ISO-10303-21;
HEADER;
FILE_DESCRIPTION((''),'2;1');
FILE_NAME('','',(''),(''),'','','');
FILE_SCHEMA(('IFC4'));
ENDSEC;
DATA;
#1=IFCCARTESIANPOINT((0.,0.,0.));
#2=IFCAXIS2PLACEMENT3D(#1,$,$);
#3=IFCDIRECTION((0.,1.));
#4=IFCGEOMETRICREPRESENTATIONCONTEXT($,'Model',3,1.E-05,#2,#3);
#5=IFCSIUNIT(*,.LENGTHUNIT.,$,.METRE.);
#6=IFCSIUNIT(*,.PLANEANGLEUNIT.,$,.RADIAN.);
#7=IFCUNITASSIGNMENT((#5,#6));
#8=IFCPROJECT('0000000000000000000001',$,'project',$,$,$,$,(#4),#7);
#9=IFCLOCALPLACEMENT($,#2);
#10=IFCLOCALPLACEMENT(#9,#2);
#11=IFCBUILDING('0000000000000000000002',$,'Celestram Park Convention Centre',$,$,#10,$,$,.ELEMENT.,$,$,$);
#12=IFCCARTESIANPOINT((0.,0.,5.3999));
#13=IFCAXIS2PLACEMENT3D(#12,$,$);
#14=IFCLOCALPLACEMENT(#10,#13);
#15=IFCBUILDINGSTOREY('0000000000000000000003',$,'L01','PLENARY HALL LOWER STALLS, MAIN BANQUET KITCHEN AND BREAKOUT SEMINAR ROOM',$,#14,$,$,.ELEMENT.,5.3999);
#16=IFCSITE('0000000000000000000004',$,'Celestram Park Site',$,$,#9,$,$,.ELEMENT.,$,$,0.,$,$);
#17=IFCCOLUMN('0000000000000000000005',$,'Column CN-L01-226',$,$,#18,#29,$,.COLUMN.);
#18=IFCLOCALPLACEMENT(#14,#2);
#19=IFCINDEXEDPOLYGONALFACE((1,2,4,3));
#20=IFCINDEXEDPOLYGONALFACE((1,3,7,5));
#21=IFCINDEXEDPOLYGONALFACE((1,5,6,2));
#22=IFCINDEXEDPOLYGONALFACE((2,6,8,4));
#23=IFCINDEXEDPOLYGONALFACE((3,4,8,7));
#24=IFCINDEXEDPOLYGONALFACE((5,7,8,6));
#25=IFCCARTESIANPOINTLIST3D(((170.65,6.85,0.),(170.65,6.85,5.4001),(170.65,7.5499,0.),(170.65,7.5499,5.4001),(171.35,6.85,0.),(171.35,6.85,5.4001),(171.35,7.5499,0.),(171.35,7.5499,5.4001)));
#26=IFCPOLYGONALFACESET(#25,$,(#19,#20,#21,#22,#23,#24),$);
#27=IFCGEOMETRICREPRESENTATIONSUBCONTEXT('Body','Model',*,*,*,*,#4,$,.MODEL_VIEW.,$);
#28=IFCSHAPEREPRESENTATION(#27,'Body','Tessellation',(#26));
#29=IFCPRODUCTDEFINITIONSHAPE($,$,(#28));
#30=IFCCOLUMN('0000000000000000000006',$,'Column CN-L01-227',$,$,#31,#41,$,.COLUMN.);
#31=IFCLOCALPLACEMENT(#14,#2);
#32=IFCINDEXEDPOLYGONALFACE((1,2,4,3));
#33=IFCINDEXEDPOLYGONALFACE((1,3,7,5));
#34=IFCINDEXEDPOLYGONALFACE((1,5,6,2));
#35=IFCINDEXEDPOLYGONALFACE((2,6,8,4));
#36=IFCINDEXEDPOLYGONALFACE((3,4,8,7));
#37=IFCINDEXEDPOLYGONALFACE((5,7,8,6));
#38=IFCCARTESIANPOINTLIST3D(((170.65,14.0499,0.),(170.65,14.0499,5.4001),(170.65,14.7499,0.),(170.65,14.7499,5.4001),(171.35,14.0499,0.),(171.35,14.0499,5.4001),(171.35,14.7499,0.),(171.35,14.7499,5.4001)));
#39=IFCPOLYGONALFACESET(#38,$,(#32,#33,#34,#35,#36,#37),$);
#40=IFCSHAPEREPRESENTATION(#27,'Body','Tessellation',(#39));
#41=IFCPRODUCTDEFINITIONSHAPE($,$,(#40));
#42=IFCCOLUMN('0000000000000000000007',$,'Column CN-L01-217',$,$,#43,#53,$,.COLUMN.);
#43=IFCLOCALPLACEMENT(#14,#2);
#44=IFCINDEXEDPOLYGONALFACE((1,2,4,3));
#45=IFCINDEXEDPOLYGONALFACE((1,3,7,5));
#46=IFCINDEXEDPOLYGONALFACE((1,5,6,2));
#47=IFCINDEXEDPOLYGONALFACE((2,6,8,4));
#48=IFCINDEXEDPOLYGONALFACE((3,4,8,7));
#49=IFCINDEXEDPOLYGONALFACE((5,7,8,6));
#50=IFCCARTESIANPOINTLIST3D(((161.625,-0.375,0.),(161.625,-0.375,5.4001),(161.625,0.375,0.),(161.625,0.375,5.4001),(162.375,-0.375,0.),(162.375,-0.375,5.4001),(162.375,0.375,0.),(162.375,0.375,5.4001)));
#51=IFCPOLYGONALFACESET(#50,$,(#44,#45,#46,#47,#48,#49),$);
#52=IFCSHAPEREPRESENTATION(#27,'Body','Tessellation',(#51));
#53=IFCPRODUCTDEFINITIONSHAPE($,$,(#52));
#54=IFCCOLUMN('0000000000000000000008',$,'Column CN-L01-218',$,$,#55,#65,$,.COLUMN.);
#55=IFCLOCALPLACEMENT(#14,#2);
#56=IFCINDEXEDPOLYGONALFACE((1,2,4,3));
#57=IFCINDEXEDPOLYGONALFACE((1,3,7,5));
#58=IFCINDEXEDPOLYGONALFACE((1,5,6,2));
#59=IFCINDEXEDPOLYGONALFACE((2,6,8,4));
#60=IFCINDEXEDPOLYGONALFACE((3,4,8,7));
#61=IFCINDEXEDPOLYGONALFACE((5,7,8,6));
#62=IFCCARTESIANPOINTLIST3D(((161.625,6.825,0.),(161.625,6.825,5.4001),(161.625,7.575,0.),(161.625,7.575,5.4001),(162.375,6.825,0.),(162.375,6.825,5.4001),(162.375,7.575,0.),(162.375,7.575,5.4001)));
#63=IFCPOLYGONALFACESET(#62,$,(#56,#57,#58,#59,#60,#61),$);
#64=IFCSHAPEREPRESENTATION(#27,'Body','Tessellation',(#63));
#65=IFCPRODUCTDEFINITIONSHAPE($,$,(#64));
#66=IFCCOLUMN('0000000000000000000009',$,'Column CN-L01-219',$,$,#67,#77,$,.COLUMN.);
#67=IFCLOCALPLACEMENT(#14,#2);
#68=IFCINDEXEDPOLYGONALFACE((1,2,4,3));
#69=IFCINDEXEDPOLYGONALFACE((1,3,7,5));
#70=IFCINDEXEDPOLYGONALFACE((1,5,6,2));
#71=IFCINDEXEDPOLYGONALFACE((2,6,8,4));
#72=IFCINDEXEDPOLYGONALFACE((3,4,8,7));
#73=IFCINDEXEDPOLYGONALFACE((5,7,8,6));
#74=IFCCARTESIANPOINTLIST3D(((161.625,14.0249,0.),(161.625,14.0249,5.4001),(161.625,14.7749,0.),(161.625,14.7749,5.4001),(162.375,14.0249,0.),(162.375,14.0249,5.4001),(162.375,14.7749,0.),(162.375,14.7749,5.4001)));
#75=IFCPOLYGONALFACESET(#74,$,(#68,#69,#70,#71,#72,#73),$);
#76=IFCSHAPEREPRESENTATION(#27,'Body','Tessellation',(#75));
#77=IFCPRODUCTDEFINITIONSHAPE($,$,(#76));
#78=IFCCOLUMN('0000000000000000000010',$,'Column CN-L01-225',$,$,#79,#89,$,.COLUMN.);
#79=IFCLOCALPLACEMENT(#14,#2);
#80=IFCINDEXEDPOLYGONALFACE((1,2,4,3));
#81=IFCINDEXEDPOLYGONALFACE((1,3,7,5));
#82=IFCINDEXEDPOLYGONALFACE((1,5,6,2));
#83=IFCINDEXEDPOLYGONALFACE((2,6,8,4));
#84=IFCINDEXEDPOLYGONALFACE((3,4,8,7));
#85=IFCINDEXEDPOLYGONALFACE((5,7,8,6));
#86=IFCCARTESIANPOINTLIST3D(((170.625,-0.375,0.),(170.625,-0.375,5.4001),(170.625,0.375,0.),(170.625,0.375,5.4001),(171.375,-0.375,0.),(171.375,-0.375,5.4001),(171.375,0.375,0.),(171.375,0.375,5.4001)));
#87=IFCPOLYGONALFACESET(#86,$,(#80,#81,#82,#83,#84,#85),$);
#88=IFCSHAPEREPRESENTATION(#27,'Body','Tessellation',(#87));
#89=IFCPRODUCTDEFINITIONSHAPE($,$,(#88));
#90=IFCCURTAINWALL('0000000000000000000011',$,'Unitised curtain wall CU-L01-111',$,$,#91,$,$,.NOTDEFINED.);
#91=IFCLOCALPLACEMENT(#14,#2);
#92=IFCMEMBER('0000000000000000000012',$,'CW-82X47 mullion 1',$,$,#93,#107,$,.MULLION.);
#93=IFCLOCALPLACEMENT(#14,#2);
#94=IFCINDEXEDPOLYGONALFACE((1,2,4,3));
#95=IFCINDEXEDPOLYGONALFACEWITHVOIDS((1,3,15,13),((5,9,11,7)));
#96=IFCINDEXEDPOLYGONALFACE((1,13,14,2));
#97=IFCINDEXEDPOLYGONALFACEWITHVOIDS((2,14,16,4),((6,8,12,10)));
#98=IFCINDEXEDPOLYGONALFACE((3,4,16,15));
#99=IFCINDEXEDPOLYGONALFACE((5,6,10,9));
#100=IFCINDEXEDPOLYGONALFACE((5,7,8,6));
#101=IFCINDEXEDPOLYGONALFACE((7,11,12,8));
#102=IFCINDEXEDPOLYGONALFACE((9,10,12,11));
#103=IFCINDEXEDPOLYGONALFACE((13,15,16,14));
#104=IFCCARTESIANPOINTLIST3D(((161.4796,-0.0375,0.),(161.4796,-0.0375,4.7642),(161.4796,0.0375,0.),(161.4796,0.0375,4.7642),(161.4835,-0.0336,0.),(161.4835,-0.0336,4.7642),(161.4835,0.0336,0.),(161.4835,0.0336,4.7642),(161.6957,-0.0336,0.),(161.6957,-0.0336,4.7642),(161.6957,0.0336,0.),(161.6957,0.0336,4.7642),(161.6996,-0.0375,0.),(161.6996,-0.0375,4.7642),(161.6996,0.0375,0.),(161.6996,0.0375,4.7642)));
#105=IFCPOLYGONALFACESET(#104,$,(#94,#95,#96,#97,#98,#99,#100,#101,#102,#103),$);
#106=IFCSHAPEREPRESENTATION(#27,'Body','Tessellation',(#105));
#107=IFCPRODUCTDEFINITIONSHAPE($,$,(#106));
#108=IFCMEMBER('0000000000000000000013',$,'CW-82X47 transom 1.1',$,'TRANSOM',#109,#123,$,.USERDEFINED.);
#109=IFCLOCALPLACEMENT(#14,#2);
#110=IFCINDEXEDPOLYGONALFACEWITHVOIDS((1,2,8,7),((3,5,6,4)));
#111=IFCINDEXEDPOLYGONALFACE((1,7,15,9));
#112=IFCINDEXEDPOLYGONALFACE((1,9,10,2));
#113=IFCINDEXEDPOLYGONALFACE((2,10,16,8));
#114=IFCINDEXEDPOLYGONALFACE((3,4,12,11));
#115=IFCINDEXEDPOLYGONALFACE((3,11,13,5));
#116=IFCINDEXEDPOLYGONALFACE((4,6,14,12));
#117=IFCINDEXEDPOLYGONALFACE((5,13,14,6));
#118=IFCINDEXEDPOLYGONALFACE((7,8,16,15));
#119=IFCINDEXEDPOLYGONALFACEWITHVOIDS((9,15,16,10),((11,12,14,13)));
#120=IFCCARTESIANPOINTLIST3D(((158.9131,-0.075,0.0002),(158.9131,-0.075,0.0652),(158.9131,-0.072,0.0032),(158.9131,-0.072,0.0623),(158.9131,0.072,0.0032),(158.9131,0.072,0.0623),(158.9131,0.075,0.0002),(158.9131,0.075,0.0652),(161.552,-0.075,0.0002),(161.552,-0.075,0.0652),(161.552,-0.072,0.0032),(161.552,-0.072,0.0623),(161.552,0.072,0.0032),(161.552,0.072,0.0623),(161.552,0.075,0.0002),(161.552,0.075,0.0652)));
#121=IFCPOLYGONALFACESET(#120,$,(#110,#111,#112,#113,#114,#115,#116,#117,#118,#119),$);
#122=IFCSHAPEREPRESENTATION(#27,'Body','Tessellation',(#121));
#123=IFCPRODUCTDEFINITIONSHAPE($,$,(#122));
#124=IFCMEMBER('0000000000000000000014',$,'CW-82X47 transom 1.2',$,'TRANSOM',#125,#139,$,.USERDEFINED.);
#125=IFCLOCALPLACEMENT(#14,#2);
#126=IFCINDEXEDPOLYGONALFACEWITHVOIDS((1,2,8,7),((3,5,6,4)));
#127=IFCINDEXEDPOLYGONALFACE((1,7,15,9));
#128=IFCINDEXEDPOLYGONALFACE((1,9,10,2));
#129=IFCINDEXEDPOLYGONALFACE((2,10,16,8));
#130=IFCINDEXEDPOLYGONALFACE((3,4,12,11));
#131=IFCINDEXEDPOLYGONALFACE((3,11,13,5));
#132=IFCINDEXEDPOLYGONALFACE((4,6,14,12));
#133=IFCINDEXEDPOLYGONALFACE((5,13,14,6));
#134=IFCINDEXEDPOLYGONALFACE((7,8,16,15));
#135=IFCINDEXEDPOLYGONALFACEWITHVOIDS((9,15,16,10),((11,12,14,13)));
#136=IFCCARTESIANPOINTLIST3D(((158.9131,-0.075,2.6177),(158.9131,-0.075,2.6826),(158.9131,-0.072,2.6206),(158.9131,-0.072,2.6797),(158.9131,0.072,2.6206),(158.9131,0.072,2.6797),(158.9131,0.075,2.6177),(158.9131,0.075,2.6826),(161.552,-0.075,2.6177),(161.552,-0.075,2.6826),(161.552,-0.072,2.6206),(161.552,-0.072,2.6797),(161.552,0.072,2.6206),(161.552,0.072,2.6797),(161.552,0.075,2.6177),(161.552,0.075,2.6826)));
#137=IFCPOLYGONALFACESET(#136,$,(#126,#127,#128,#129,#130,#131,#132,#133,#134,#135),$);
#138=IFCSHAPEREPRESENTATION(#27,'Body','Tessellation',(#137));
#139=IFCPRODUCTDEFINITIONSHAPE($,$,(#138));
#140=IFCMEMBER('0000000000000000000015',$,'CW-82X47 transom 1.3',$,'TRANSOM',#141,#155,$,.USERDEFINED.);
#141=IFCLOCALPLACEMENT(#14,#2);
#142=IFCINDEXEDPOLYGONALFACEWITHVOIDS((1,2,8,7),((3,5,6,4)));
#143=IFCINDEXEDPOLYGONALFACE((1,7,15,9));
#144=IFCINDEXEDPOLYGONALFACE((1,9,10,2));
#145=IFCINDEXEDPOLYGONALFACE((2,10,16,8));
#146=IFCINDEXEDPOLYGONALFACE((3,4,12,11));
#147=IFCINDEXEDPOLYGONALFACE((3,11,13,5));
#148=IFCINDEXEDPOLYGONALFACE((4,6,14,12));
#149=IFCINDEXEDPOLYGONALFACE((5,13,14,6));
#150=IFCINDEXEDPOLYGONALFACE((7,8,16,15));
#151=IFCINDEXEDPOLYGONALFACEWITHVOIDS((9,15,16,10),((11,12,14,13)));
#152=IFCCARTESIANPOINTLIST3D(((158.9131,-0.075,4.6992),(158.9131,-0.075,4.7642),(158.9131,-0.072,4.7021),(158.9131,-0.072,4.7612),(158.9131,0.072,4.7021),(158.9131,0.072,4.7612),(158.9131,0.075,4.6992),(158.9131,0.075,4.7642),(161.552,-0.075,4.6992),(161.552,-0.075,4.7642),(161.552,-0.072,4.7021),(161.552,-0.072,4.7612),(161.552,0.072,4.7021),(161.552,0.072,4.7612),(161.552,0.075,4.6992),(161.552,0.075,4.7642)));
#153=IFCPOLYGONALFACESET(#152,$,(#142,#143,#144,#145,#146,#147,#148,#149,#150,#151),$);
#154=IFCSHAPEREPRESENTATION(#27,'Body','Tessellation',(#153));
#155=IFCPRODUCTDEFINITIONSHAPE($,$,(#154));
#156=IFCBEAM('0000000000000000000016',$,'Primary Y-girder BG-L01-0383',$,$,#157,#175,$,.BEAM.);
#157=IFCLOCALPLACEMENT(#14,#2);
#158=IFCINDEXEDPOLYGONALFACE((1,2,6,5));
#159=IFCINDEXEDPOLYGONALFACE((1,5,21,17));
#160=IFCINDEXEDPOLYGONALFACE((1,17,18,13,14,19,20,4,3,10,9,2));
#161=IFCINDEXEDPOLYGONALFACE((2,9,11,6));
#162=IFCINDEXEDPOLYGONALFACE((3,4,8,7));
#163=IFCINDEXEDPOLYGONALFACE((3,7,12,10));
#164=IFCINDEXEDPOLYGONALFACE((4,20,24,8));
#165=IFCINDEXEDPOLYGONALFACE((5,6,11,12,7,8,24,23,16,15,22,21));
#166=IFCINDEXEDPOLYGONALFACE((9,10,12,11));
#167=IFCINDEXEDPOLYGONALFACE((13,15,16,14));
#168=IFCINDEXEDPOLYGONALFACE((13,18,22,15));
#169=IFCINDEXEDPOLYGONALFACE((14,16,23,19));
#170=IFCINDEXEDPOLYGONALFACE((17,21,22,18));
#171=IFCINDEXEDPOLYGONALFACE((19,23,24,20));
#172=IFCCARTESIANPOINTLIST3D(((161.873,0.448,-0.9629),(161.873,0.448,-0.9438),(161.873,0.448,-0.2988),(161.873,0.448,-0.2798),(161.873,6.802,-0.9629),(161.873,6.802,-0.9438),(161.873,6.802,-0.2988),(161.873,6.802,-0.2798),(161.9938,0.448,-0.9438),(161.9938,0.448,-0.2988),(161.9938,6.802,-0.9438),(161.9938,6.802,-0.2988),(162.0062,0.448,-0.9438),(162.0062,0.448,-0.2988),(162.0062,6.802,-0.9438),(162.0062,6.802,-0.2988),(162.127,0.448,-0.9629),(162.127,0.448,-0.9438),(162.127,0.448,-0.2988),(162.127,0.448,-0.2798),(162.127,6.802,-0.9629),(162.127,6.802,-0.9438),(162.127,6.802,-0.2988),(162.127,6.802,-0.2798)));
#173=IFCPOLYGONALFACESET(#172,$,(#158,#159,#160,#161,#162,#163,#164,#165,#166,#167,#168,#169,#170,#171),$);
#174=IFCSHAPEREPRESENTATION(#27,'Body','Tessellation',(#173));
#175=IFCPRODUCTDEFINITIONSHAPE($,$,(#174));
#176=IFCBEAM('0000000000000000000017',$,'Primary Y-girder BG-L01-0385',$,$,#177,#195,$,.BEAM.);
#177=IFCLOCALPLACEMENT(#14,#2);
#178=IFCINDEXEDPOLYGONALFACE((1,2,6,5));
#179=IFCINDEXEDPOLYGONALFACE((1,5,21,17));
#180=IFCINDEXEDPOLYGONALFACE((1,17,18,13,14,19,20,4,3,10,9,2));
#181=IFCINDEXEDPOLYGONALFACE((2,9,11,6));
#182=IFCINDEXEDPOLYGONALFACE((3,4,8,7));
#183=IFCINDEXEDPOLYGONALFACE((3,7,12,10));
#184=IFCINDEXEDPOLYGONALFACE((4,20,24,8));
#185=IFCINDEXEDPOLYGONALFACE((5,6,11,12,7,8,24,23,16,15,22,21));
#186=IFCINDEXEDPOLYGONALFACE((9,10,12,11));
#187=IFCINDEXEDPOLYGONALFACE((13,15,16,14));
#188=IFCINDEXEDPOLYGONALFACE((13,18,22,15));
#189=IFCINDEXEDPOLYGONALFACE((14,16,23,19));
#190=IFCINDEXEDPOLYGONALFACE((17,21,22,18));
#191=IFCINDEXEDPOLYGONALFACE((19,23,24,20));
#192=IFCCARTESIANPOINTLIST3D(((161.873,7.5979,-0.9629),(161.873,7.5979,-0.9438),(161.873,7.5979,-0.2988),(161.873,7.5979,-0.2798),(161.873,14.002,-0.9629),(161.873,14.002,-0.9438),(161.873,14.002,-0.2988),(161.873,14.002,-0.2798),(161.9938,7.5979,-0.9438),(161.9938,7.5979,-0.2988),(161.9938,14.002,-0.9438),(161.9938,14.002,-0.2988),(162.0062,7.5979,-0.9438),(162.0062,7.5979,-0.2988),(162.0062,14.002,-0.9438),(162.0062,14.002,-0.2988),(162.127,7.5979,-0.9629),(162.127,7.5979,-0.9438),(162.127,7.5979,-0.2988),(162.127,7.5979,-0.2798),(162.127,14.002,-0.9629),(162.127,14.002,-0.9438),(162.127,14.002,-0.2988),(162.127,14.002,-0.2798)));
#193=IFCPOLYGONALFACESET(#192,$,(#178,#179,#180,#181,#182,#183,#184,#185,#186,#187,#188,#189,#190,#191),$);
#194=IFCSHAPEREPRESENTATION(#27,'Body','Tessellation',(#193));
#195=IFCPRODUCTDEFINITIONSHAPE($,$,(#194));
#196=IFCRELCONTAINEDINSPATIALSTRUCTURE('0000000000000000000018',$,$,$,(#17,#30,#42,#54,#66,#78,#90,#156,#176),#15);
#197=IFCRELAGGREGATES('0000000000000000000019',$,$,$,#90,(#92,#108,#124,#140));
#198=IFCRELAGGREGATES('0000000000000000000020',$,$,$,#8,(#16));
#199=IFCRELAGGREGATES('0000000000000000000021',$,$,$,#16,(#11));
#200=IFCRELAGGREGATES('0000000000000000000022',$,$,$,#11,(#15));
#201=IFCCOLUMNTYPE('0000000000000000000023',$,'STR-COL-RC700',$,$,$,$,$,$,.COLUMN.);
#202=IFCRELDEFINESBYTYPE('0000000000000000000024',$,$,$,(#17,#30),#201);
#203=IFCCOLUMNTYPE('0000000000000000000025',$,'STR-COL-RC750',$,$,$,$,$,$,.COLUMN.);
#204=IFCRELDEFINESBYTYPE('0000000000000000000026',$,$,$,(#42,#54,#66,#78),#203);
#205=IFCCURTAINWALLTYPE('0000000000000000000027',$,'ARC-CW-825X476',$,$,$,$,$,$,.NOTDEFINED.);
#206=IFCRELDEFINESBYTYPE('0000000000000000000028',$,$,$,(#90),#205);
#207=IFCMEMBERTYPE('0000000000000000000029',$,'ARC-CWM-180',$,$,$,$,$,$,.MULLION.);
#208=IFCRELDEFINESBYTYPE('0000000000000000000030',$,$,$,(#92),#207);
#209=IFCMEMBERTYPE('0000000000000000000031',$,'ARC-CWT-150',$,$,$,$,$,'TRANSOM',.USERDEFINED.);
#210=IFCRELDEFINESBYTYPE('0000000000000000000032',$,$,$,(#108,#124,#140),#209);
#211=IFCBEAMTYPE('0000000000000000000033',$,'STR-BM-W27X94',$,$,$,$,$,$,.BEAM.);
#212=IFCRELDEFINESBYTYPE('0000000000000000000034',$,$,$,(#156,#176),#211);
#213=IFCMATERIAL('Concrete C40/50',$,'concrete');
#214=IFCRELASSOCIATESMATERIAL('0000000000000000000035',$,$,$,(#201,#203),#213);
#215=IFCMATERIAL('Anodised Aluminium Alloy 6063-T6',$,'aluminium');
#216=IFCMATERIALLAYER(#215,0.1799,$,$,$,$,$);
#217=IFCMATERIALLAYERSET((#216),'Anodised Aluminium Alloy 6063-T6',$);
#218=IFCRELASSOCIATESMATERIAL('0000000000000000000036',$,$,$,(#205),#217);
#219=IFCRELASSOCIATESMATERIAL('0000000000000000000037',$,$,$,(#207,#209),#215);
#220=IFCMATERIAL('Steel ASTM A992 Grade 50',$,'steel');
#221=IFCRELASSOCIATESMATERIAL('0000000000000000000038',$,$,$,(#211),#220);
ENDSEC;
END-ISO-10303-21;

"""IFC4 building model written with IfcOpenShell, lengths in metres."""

from ifc_helpers import new_model, si_unit, direction, frame, origin, origin_2d, place, context, subcontext, project, spatial, rectangle, hollow_rectangle, i_section, extrude, material, layer, layer_set, material_profile, profile_set, type_object, element, aggregate, save


model = new_model("IFC4")

# Units and contexts
model_context = context("Model", 3, precision=1e-05, world=origin(), true_north=direction((0.0, 1.0)))
body_context = subcontext(model_context, "Body", "Model", "MODEL_VIEW")
ifc_project = project(units=[si_unit("LENGTHUNIT", "METRE"), si_unit("PLANEANGLEUNIT", "RADIAN")], contexts=[model_context])

# Site, building, storey
site_placement = place(None, origin())
site = spatial("IfcSite", under=ifc_project, at=site_placement, Name="Celestram Park Site", CompositionType="ELEMENT", RefElevation=0.0)
building_placement = place(site_placement, origin())
building = spatial("IfcBuilding", under=site, at=building_placement, Name="Celestram Park Convention Centre", CompositionType="ELEMENT")
storey_placement = place(building_placement, frame((0.0, 0.0, 5.3999)))
storey = spatial("IfcBuildingStorey", under=building, at=storey_placement, Name="L01", Description="PLENARY HALL LOWER STALLS, MAIN BANQUET KITCHEN AND BREAKOUT SEMINAR ROOM", CompositionType="ELEMENT", Elevation=5.3999)

# Columns
ifc_material_1 = material(Name="Concrete C40/50", Category="concrete")
ifc_material_profile_1 = material_profile(ifc_material_1, rectangle(XDim=0.7, YDim=0.7, at=origin_2d()), Name="RC700X700")
ifc_profile_set_1 = profile_set([ifc_material_profile_1], Name="Concrete C40/50")
column_type_1 = type_object("IfcColumnType", Name="STR-COL-RC700", PredefinedType="COLUMN", material=ifc_profile_set_1)
for number, where, z_axis, x_axis, name in (
    (1, (171.0, 7.2, 0.0), (0.0, 0.0, 1.0), (1.0, 0.0, 0.0), "Column CN-L01-226"),
    (2, (171.0, 14.3999, 0.0), (0.0, 0.0, 1.0), (1.0, 0.0, 0.0), "Column CN-L01-227"),
):
    element("IfcColumn", number, at=place(storey_placement, frame(where, z_axis=z_axis, x_axis=x_axis)), inside=storey, type_object=column_type_1, Name=name, PredefinedType="COLUMN", context=body_context, shape_type="SweptSolid", body=[
        extrude(rectangle(XDim=0.7, YDim=0.7, at=origin_2d()), origin(), (0.0, 0.0, 1.0), 5.4001),
    ])
ifc_material_profile_2 = material_profile(ifc_material_1, rectangle(XDim=0.75, YDim=0.75, at=origin_2d()), Name="RC750X750")
ifc_profile_set_2 = profile_set([ifc_material_profile_2], Name="Concrete C40/50")
column_type_2 = type_object("IfcColumnType", Name="STR-COL-RC750", PredefinedType="COLUMN", material=ifc_profile_set_2)
for number, where, z_axis, x_axis, name in (
    (3, (162.0, 0.0, 0.0), (0.0, 0.0, 1.0), (1.0, 0.0, 0.0), "Column CN-L01-217"),
    (4, (162.0, 7.2, 0.0), (0.0, 0.0, 1.0), (1.0, 0.0, 0.0), "Column CN-L01-218"),
    (5, (162.0, 14.3999, 0.0), (0.0, 0.0, 1.0), (1.0, 0.0, 0.0), "Column CN-L01-219"),
    (6, (171.0, 0.0, 0.0), (0.0, 0.0, 1.0), (1.0, 0.0, 0.0), "Column CN-L01-225"),
):
    element("IfcColumn", number, at=place(storey_placement, frame(where, z_axis=z_axis, x_axis=x_axis)), inside=storey, type_object=column_type_2, Name=name, PredefinedType="COLUMN", context=body_context, shape_type="SweptSolid", body=[
        extrude(rectangle(XDim=0.75, YDim=0.75, at=origin_2d()), origin(), (0.0, 0.0, 1.0), 5.4001),
    ])

# Curtain wall, members
ifc_material_2 = material(Name="Anodised Aluminium Alloy 6063-T6", Category="aluminium")
ifc_layer_1 = layer(ifc_material_2, 0.1799)
ifc_layer_set_1 = layer_set([ifc_layer_1], Name="Anodised Aluminium Alloy 6063-T6")
curtain_wall_type = type_object("IfcCurtainWallType", Name="ARC-CW-825X476", PredefinedType="NOTDEFINED", material=ifc_layer_set_1)
curtain_wall_placement = place(storey_placement, origin())
curtain_wall = element("IfcCurtainWall", 7, at=curtain_wall_placement, inside=storey, type_object=curtain_wall_type, Name="Unitised curtain wall CU-L01-111", PredefinedType="NOTDEFINED")
ifc_material_profile_3 = material_profile(ifc_material_2, hollow_rectangle(XDim=0.075, YDim=0.22, WallThickness=0.0039, at=origin_2d()), Name="ALU75X220X4")
ifc_profile_set_3 = profile_set([ifc_material_profile_3], Name="Anodised Aluminium Alloy 6063-T6")
member_type_1 = type_object("IfcMemberType", Name="ARC-CWM-180", PredefinedType="MULLION", material=ifc_profile_set_3)
member_1_placement = place(storey_placement, frame((161.5896, 0.0, 0.0), z_axis=(0.0, 0.0, 1.0), x_axis=(0.0, -1.0, 0.0)))
member_1 = element("IfcMember", 8, at=member_1_placement, type_object=member_type_1, Name="CW-82X47 mullion 1", PredefinedType="MULLION", context=body_context, shape_type="SweptSolid", body=[
    extrude(hollow_rectangle(XDim=0.075, YDim=0.22, WallThickness=0.0039, at=origin_2d()), origin(), (0.0, 0.0, 1.0), 4.7642),
])
ifc_material_profile_4 = material_profile(ifc_material_2, hollow_rectangle(XDim=0.1499, YDim=0.0649, WallThickness=0.0029, at=origin_2d()), Name="ALU150X65X3")
ifc_profile_set_4 = profile_set([ifc_material_profile_4], Name="Anodised Aluminium Alloy 6063-T6")
member_type_2 = type_object("IfcMemberType", Name="ARC-CWT-150", ElementType="TRANSOM", PredefinedType="USERDEFINED", material=ifc_profile_set_4)
member_2_placement = place(storey_placement, frame((161.552, 0.0, 0.0327), z_axis=(-1.0, 0.0, 0.0), x_axis=(0.0, -1.0, 0.0)))
member_2 = element("IfcMember", 9, at=member_2_placement, type_object=member_type_2, Name="CW-82X47 transom 1.1", ObjectType="TRANSOM", PredefinedType="USERDEFINED", context=body_context, shape_type="SweptSolid", body=[
    extrude(hollow_rectangle(XDim=0.1499, YDim=0.0649, WallThickness=0.0029, at=origin_2d()), origin(), (0.0, 0.0, 1.0), 2.6389),
])
member_3_placement = place(storey_placement, frame((161.552, 0.0, 2.6501), z_axis=(-1.0, 0.0, 0.0), x_axis=(0.0, -1.0, 0.0)))
member_3 = element("IfcMember", 10, at=member_3_placement, type_object=member_type_2, Name="CW-82X47 transom 1.2", ObjectType="TRANSOM", PredefinedType="USERDEFINED", context=body_context, shape_type="SweptSolid", body=[
    extrude(hollow_rectangle(XDim=0.1499, YDim=0.0649, WallThickness=0.0029, at=origin_2d()), origin(), (0.0, 0.0, 1.0), 2.6389),
])
member_4_placement = place(storey_placement, frame((161.552, 0.0, 4.7317), z_axis=(-1.0, 0.0, 0.0), x_axis=(0.0, -1.0, 0.0)))
member_4 = element("IfcMember", 11, at=member_4_placement, type_object=member_type_2, Name="CW-82X47 transom 1.3", ObjectType="TRANSOM", PredefinedType="USERDEFINED", context=body_context, shape_type="SweptSolid", body=[
    extrude(hollow_rectangle(XDim=0.1499, YDim=0.0649, WallThickness=0.0029, at=origin_2d()), origin(), (0.0, 0.0, 1.0), 2.6389),
])

# Beams
ifc_material_3 = material(Name="Steel ASTM A992 Grade 50", Category="steel")
ifc_material_profile_5 = material_profile(ifc_material_3, i_section(OverallWidth=0.2539, OverallDepth=0.6831, WebThickness=0.0125, FlangeThickness=0.019, at=origin_2d()), Name="W27X94")
ifc_profile_set_5 = profile_set([ifc_material_profile_5], Name="Steel ASTM A992 Grade 50")
beam_type_1 = type_object("IfcBeamType", Name="STR-BM-W27X94", PredefinedType="BEAM", material=ifc_profile_set_5)
beam_1_placement = place(storey_placement, frame((162.0, 0.448, -0.6213), z_axis=(0.0, 1.0, 0.0), x_axis=(-1.0, 0.0, 0.0)))
element("IfcBeam", 12, at=beam_1_placement, inside=storey, type_object=beam_type_1, Name="Primary Y-girder BG-L01-0383", PredefinedType="BEAM", context=body_context, shape_type="SweptSolid", body=[
    extrude(i_section(OverallWidth=0.2539, OverallDepth=0.6831, WebThickness=0.0125, FlangeThickness=0.019, at=origin_2d()), origin(), (0.0, 0.0, 1.0), 6.354),
])
beam_2_placement = place(storey_placement, frame((162.0, 7.5979, -0.6213), z_axis=(0.0, 1.0, 0.0), x_axis=(-1.0, 0.0, 0.0)))
element("IfcBeam", 13, at=beam_2_placement, inside=storey, type_object=beam_type_1, Name="Primary Y-girder BG-L01-0385", PredefinedType="BEAM", context=body_context, shape_type="SweptSolid", body=[
    extrude(i_section(OverallWidth=0.2539, OverallDepth=0.6831, WebThickness=0.0125, FlangeThickness=0.019, at=origin_2d()), origin(), (0.0, 0.0, 1.0), 6.4041),
])

aggregate(curtain_wall, [member_1, member_2, member_3, member_4])

save(model, "model.ifc")
